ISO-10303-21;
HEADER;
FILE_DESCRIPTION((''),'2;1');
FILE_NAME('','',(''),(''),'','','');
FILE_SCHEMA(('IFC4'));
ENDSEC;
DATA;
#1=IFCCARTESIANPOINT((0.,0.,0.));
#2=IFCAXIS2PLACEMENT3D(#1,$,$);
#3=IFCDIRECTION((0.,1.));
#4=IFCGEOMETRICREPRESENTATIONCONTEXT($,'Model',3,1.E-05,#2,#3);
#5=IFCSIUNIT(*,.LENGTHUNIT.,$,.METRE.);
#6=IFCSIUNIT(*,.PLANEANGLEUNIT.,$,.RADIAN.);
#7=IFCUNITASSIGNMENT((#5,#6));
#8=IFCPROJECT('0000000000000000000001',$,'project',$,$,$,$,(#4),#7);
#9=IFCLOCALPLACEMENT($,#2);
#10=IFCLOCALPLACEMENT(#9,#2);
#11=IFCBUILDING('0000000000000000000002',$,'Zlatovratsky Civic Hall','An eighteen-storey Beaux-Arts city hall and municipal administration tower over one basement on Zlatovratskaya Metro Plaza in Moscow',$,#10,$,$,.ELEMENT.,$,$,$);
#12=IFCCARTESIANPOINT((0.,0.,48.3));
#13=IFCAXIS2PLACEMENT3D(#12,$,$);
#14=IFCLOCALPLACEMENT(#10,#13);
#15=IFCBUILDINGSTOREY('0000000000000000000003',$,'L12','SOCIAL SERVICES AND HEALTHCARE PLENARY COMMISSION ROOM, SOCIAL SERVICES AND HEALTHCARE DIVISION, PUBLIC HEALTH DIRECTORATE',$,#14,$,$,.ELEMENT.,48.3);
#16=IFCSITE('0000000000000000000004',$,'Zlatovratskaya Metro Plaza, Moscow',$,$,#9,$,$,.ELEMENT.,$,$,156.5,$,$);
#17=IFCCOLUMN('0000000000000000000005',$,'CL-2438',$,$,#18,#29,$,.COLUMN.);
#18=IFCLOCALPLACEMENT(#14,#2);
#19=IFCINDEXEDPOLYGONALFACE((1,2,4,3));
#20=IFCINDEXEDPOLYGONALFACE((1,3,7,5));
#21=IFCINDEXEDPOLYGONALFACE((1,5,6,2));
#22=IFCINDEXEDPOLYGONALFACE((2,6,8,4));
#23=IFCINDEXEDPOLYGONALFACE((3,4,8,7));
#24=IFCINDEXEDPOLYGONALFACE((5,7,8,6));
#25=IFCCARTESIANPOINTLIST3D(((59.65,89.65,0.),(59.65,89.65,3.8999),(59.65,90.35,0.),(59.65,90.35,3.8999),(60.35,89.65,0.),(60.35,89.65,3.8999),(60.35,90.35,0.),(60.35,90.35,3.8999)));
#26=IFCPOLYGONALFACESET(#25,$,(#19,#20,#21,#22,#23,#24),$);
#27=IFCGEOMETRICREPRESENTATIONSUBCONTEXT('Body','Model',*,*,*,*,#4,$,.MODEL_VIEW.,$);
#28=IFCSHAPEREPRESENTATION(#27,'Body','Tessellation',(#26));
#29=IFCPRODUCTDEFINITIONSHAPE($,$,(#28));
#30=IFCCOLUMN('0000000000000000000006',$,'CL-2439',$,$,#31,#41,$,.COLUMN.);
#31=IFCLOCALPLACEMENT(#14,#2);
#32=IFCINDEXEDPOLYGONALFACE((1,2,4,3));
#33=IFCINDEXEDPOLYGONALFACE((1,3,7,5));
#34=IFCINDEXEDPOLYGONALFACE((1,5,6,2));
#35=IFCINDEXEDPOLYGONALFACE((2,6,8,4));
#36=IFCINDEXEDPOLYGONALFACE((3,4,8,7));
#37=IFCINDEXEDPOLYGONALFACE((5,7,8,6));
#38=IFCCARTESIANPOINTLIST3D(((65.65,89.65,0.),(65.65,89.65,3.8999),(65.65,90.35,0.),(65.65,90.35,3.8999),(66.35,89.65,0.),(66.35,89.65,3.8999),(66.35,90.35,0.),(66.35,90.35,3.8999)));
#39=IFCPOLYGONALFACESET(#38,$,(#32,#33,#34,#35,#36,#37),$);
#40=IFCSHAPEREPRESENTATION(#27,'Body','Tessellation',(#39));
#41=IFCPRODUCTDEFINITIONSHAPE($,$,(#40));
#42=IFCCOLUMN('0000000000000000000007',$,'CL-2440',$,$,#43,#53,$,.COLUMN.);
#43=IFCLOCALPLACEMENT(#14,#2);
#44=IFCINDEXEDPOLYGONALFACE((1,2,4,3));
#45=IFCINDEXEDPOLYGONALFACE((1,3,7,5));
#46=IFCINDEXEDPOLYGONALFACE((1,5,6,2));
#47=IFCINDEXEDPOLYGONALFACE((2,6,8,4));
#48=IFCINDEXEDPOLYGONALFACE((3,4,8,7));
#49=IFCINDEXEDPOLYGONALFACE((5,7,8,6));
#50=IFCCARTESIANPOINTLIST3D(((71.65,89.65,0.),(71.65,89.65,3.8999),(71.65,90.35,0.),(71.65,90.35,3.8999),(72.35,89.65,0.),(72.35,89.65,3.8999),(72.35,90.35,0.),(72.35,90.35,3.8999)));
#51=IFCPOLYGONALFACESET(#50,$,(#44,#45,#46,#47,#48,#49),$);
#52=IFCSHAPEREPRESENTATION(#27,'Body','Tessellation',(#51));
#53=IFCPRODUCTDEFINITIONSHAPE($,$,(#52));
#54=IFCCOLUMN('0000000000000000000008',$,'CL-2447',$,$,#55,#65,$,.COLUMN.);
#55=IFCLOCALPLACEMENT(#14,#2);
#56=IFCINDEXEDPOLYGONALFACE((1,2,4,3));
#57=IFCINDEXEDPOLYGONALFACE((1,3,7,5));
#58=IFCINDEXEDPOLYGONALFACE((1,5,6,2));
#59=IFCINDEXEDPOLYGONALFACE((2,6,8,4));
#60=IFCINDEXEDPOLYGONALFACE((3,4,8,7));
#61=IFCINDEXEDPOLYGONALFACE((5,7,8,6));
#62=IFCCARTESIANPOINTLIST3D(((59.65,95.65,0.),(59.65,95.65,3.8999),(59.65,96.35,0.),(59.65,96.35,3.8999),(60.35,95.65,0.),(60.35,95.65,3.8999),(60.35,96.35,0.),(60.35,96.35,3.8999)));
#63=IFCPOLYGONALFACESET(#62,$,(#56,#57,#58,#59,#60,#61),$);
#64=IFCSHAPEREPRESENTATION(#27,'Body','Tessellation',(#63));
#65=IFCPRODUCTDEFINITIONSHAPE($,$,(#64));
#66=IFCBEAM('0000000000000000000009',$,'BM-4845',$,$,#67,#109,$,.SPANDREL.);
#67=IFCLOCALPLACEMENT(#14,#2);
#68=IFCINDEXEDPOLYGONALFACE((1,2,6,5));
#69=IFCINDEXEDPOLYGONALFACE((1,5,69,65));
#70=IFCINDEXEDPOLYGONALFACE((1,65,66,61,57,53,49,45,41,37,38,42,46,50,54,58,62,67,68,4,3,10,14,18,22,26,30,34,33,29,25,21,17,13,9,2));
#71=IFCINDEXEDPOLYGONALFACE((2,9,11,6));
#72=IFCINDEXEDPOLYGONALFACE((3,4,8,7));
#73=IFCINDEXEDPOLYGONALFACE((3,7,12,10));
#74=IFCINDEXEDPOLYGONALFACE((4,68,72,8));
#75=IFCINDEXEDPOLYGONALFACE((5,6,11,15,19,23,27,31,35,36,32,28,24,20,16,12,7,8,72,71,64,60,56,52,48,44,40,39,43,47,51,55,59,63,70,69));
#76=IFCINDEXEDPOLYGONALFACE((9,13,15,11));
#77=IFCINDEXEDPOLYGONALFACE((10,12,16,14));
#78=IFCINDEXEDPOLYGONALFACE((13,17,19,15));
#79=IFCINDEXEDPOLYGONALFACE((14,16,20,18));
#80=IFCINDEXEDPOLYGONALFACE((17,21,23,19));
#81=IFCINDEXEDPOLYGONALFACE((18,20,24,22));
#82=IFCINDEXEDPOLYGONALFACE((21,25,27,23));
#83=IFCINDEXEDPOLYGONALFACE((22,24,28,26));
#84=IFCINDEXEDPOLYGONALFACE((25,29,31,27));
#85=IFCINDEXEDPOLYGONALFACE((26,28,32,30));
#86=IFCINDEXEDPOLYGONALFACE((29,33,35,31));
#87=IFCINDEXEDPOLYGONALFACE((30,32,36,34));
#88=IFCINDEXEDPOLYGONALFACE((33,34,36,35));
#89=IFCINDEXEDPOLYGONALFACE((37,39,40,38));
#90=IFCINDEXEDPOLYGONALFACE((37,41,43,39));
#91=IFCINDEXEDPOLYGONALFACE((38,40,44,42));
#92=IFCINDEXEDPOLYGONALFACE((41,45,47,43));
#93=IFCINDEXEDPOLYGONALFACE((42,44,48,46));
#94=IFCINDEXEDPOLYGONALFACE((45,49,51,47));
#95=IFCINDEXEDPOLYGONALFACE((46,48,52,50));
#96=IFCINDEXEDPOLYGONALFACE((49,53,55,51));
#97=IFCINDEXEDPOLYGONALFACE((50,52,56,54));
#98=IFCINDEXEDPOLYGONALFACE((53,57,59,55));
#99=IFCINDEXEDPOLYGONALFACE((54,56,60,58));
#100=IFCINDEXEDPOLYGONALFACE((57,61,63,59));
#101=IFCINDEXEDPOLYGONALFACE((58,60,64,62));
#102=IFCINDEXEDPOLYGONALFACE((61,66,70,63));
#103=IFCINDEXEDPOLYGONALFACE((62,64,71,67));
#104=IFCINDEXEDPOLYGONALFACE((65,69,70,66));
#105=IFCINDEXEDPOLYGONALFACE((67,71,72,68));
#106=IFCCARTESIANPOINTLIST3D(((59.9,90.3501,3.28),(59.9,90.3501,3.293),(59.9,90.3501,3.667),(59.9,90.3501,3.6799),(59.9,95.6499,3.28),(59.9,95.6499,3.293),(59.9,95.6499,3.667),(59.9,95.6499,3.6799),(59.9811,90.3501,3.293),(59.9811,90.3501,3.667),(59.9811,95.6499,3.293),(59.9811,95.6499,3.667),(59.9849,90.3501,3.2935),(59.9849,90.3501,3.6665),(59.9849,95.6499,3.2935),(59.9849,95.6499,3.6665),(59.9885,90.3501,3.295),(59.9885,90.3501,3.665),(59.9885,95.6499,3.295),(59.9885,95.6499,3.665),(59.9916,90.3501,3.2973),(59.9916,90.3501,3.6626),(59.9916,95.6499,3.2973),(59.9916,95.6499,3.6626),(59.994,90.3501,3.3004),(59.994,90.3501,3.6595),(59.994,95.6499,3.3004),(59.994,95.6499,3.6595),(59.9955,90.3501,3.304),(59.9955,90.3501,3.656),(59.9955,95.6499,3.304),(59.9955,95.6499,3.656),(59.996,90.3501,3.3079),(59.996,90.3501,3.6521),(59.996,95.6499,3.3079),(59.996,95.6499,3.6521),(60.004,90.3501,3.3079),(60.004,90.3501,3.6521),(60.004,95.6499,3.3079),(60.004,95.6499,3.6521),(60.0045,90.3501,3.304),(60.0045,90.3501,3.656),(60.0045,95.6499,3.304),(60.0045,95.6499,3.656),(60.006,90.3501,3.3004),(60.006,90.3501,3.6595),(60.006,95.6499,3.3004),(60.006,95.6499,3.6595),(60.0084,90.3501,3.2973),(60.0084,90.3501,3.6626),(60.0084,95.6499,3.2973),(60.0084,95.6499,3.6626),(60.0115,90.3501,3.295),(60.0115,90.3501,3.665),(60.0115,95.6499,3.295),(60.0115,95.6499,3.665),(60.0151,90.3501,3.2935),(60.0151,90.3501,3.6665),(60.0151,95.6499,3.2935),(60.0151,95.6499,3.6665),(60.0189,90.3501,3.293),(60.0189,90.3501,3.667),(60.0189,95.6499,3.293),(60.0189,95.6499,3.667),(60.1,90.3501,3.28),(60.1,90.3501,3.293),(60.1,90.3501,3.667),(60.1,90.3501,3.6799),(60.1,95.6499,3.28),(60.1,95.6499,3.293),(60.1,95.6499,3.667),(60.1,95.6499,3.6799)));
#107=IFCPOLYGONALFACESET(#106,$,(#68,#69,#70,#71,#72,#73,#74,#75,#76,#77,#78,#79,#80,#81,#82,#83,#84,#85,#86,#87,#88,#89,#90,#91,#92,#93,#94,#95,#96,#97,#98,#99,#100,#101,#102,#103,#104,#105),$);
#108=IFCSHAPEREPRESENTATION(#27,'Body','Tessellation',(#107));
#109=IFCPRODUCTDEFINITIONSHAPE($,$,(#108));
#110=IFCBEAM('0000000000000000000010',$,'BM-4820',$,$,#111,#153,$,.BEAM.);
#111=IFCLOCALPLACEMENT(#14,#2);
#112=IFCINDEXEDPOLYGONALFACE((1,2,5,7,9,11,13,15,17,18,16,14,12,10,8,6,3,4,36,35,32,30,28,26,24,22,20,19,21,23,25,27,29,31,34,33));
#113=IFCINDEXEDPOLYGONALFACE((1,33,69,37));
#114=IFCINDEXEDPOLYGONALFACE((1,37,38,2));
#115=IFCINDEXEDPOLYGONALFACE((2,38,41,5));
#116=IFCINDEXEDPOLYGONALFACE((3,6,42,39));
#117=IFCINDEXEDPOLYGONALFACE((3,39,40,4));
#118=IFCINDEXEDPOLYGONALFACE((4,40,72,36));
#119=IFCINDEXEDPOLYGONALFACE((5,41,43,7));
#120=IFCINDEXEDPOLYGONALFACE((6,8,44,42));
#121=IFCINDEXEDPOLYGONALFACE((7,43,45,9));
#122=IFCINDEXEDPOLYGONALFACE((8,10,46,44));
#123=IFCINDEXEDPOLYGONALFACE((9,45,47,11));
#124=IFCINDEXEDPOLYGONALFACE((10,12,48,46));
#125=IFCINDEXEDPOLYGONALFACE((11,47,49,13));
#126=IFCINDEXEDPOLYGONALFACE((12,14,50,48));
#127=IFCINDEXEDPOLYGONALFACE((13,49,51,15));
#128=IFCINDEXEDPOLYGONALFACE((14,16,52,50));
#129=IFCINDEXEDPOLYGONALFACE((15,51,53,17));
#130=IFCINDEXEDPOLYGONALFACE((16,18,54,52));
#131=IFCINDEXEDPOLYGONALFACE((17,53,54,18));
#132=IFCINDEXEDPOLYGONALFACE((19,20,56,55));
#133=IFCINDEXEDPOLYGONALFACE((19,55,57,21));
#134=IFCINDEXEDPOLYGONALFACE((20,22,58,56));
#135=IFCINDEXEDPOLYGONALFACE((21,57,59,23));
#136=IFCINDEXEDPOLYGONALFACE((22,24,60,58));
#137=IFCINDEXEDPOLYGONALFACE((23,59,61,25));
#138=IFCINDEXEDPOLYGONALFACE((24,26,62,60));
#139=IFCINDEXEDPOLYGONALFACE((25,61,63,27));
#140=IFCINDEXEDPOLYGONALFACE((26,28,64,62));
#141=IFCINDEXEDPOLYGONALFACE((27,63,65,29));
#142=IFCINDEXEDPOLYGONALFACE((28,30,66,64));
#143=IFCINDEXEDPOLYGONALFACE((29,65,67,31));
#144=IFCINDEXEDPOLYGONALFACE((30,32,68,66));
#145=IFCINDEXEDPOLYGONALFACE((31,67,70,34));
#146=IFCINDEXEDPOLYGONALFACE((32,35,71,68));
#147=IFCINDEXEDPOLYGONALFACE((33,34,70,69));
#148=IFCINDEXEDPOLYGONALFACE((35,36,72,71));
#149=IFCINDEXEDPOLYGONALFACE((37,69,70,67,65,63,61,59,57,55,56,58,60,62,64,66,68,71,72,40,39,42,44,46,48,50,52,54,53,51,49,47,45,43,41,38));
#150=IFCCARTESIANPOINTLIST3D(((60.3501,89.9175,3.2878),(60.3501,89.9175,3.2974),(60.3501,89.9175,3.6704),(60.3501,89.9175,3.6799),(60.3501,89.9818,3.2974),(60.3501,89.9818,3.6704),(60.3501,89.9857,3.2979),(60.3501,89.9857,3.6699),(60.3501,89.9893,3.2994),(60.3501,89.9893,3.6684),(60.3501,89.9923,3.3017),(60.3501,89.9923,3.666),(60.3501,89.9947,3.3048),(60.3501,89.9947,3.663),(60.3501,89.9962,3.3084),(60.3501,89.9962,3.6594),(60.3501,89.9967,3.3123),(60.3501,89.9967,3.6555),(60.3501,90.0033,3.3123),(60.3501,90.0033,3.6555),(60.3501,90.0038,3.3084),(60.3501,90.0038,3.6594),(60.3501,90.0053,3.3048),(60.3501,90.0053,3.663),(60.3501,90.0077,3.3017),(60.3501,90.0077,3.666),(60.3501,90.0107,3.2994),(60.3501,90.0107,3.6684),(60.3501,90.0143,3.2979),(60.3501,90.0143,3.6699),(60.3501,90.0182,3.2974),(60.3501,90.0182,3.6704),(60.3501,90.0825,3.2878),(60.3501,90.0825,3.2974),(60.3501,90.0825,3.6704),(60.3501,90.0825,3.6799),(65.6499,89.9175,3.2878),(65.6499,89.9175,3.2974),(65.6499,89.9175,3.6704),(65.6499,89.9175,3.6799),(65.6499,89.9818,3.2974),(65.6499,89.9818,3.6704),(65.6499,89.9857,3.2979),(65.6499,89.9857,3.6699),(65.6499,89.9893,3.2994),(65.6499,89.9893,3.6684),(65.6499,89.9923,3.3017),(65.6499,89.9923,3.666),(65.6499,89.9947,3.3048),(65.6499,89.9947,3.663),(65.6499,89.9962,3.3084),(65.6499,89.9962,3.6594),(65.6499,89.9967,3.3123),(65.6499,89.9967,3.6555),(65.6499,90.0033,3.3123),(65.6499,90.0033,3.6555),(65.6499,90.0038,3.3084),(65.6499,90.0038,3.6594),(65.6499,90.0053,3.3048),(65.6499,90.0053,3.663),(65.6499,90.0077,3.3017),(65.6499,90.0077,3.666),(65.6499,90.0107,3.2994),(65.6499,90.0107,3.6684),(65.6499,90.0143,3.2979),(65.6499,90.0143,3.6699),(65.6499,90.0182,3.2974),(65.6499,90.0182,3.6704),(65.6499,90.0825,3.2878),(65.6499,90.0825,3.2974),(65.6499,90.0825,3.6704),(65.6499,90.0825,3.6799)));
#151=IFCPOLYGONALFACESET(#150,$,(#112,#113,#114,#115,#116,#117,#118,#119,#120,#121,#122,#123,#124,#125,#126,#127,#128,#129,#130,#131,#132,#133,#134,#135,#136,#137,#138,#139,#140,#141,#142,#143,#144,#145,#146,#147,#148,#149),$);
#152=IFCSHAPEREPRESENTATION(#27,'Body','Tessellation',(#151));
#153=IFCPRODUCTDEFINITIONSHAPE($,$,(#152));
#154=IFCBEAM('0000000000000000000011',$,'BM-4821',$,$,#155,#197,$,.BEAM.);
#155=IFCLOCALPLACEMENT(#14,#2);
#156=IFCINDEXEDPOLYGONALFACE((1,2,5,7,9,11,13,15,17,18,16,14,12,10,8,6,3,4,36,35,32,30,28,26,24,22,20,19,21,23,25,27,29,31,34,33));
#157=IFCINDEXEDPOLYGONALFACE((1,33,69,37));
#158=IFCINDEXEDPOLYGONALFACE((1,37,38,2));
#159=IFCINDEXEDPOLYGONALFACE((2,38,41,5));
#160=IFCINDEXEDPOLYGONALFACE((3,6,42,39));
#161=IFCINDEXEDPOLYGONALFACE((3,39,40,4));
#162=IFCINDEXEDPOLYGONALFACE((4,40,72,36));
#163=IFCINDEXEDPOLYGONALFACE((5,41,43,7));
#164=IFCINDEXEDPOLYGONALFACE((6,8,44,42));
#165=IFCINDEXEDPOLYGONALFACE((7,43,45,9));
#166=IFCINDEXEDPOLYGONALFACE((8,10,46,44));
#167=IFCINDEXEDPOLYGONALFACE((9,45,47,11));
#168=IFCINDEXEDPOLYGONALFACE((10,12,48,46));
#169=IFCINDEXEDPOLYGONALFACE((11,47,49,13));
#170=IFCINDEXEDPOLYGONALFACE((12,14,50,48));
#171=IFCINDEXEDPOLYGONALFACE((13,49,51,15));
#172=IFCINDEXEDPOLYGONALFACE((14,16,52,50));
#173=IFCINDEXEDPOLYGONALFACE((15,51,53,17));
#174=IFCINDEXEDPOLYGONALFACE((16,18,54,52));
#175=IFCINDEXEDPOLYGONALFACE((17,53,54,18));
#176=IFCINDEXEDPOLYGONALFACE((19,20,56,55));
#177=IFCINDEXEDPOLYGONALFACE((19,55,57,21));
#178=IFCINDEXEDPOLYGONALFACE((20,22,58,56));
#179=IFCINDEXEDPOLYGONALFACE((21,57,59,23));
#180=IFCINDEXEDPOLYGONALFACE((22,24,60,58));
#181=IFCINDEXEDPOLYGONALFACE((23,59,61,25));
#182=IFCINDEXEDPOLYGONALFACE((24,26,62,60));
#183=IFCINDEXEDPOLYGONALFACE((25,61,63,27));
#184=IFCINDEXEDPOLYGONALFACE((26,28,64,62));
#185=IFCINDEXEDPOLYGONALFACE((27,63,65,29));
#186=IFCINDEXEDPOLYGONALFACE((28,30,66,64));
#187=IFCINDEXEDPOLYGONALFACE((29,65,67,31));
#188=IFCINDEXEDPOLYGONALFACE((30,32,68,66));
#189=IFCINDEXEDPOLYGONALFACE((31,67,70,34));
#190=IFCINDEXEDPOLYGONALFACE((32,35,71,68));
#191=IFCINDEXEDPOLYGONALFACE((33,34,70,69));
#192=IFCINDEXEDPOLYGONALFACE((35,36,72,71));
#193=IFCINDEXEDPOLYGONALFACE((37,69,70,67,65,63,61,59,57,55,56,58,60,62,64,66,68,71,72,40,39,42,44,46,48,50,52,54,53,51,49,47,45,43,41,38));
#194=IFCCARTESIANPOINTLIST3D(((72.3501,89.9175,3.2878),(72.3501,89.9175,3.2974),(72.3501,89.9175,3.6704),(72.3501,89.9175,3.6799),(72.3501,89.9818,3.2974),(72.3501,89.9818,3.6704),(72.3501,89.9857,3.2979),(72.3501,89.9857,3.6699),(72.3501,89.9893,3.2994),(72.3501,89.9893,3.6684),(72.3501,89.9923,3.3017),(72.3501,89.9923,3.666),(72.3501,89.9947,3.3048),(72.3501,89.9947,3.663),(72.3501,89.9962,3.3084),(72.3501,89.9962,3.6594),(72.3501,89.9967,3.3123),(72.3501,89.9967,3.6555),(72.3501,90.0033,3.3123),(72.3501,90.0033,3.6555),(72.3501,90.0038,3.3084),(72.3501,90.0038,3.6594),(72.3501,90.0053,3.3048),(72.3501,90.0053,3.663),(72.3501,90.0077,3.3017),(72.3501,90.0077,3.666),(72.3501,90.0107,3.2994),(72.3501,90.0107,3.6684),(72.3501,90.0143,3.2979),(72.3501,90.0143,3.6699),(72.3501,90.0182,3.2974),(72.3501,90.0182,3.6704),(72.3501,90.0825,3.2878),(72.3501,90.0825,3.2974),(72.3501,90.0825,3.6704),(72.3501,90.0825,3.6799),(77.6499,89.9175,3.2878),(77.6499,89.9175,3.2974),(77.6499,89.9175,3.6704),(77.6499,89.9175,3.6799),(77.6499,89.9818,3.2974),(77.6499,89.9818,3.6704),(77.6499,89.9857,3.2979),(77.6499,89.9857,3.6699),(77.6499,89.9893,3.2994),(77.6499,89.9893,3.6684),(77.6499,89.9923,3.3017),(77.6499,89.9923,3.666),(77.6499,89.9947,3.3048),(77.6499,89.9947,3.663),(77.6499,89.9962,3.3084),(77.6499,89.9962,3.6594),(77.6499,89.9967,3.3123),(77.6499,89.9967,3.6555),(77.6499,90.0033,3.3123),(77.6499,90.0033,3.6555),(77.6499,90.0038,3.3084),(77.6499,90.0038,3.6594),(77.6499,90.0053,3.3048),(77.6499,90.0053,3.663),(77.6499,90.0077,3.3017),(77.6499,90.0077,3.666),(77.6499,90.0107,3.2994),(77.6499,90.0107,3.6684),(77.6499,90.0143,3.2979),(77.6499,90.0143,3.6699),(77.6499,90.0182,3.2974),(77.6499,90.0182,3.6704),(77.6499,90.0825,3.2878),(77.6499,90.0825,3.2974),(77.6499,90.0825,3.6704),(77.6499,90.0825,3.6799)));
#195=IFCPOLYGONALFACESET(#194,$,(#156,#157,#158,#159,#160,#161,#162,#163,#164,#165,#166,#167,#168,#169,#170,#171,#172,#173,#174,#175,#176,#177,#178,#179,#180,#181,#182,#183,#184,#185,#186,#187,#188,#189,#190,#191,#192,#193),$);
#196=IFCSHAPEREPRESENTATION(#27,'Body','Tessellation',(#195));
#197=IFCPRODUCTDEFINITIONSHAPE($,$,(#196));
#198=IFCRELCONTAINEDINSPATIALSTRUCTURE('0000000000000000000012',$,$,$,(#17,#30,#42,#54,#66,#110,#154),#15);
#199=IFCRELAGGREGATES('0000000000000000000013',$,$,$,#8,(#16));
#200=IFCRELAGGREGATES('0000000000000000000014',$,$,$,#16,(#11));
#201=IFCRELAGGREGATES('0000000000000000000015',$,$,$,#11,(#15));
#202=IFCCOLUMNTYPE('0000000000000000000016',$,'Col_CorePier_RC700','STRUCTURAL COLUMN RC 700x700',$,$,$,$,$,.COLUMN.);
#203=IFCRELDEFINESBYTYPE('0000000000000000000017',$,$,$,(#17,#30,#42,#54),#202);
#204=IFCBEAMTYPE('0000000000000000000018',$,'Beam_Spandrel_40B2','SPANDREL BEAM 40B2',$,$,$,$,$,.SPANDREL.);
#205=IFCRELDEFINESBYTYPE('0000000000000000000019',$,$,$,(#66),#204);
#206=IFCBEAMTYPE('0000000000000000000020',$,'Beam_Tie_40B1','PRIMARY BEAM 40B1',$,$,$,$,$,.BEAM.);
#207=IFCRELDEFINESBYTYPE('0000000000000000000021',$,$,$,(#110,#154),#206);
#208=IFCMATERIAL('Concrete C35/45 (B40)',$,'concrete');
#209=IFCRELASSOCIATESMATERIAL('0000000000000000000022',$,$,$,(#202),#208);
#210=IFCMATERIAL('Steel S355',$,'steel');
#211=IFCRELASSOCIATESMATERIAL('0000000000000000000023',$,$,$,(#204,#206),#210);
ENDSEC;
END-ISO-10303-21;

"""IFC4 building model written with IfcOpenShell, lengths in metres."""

from ifc_helpers import new_model, si_unit, direction, frame, origin, origin_2d, place, context, subcontext, project, spatial, rectangle, i_section, extrude, material, material_profile, profile_set, type_object, element, save


model = new_model("IFC4")

# Units and contexts
model_context = context("Model", 3, precision=1e-05, world=origin(), true_north=direction((0.0, 1.0)))
body_context = subcontext(model_context, "Body", "Model", "MODEL_VIEW")
ifc_project = project(units=[si_unit("LENGTHUNIT", "METRE"), si_unit("PLANEANGLEUNIT", "RADIAN")], contexts=[model_context])

# Site, building, storey
site_placement = place(None, origin())
site = spatial("IfcSite", under=ifc_project, at=site_placement, Name="Zlatovratskaya Metro Plaza, Moscow", CompositionType="ELEMENT", RefElevation=156.5)
building_placement = place(site_placement, origin())
building = spatial("IfcBuilding", under=site, at=building_placement, Name="Zlatovratsky Civic Hall", Description="An eighteen-storey Beaux-Arts city hall and municipal administration tower over one basement on Zlatovratskaya Metro Plaza in Moscow", CompositionType="ELEMENT")
storey_placement = place(building_placement, frame((0.0, 0.0, 48.3)))
storey = spatial("IfcBuildingStorey", under=building, at=storey_placement, Name="L12", Description="SOCIAL SERVICES AND HEALTHCARE PLENARY COMMISSION ROOM, SOCIAL SERVICES AND HEALTHCARE DIVISION, PUBLIC HEALTH DIRECTORATE", CompositionType="ELEMENT", Elevation=48.3)

# Columns
ifc_material_1 = material(Name="Concrete C35/45 (B40)", Category="concrete")
ifc_material_profile_1 = material_profile(ifc_material_1, rectangle(XDim=0.7, YDim=0.7, at=origin_2d()), Name="RC 700x700")
ifc_profile_set_1 = profile_set([ifc_material_profile_1], Name="Concrete C35/45 (B40)")
column_type = type_object("IfcColumnType", Name="Col_CorePier_RC700", Description="STRUCTURAL COLUMN RC 700x700", PredefinedType="COLUMN", material=ifc_profile_set_1)
for number, where, z_axis, x_axis, name in (
    (1, (60.0, 90.0, 0.0), (0.0, 0.0, 1.0), (1.0, 0.0, 0.0), "CL-2438"),
    (2, (66.0, 90.0, 0.0), (0.0, 0.0, 1.0), (1.0, 0.0, 0.0), "CL-2439"),
    (3, (72.0, 90.0, 0.0), (0.0, 0.0, 1.0), (1.0, 0.0, 0.0), "CL-2440"),
    (4, (60.0, 96.0, 0.0), (0.0, 0.0, 1.0), (1.0, 0.0, 0.0), "CL-2447"),
):
    element("IfcColumn", number, at=place(storey_placement, frame(where, z_axis=z_axis, x_axis=x_axis)), inside=storey, type_object=column_type, Name=name, PredefinedType="COLUMN", context=body_context, shape_type="SweptSolid", body=[
        extrude(rectangle(XDim=0.7, YDim=0.7, at=origin_2d()), origin(), (0.0, 0.0, 1.0), 3.8999),
    ])

# Beams
ifc_material_2 = material(Name="Steel S355", Category="steel")
ifc_material_profile_2 = material_profile(ifc_material_2, i_section(OverallWidth=0.2, OverallDepth=0.3999, WebThickness=0.0081, FlangeThickness=0.0129, FilletRadius=0.0149, at=origin_2d()), Name="40B2")
ifc_profile_set_2 = profile_set([ifc_material_profile_2], Name="Steel S355")
beam_type_1 = type_object("IfcBeamType", Name="Beam_Spandrel_40B2", Description="SPANDREL BEAM 40B2", PredefinedType="SPANDREL", material=ifc_profile_set_2)
beam_placement = place(storey_placement, frame((60.0, 90.3501, 3.48), z_axis=(0.0, 1.0, 0.0), x_axis=(-1.0, 0.0, 0.0)))
element("IfcBeam", 5, at=beam_placement, inside=storey, type_object=beam_type_1, Name="BM-4845", PredefinedType="SPANDREL", context=body_context, shape_type="SweptSolid", body=[
    extrude(i_section(OverallWidth=0.2, OverallDepth=0.3999, WebThickness=0.0081, FlangeThickness=0.0129, FilletRadius=0.0149, at=origin_2d()), origin(), (0.0, 0.0, 1.0), 5.2998),
])
ifc_material_profile_3 = material_profile(ifc_material_2, i_section(OverallWidth=0.165, OverallDepth=0.3921, WebThickness=0.0066, FlangeThickness=0.0095, FilletRadius=0.0149, at=origin_2d()), Name="40B1")
ifc_profile_set_3 = profile_set([ifc_material_profile_3], Name="Steel S355")
beam_type_2 = type_object("IfcBeamType", Name="Beam_Tie_40B1", Description="PRIMARY BEAM 40B1", PredefinedType="BEAM", material=ifc_profile_set_3)
for number, where, z_axis, x_axis, name in (
    (6, (60.3501, 90.0, 3.4839), (1.0, 0.0, 0.0), (0.0, 1.0, 0.0), "BM-4820"),
    (7, (72.3501, 90.0, 3.4839), (1.0, 0.0, 0.0), (0.0, 1.0, 0.0), "BM-4821"),
):
    element("IfcBeam", number, at=place(storey_placement, frame(where, z_axis=z_axis, x_axis=x_axis)), inside=storey, type_object=beam_type_2, Name=name, PredefinedType="BEAM", context=body_context, shape_type="SweptSolid", body=[
        extrude(i_section(OverallWidth=0.165, OverallDepth=0.3921, WebThickness=0.0066, FlangeThickness=0.0095, FilletRadius=0.0149, at=origin_2d()), origin(), (0.0, 0.0, 1.0), 5.2998),
    ])

save(model, "model.ifc")
